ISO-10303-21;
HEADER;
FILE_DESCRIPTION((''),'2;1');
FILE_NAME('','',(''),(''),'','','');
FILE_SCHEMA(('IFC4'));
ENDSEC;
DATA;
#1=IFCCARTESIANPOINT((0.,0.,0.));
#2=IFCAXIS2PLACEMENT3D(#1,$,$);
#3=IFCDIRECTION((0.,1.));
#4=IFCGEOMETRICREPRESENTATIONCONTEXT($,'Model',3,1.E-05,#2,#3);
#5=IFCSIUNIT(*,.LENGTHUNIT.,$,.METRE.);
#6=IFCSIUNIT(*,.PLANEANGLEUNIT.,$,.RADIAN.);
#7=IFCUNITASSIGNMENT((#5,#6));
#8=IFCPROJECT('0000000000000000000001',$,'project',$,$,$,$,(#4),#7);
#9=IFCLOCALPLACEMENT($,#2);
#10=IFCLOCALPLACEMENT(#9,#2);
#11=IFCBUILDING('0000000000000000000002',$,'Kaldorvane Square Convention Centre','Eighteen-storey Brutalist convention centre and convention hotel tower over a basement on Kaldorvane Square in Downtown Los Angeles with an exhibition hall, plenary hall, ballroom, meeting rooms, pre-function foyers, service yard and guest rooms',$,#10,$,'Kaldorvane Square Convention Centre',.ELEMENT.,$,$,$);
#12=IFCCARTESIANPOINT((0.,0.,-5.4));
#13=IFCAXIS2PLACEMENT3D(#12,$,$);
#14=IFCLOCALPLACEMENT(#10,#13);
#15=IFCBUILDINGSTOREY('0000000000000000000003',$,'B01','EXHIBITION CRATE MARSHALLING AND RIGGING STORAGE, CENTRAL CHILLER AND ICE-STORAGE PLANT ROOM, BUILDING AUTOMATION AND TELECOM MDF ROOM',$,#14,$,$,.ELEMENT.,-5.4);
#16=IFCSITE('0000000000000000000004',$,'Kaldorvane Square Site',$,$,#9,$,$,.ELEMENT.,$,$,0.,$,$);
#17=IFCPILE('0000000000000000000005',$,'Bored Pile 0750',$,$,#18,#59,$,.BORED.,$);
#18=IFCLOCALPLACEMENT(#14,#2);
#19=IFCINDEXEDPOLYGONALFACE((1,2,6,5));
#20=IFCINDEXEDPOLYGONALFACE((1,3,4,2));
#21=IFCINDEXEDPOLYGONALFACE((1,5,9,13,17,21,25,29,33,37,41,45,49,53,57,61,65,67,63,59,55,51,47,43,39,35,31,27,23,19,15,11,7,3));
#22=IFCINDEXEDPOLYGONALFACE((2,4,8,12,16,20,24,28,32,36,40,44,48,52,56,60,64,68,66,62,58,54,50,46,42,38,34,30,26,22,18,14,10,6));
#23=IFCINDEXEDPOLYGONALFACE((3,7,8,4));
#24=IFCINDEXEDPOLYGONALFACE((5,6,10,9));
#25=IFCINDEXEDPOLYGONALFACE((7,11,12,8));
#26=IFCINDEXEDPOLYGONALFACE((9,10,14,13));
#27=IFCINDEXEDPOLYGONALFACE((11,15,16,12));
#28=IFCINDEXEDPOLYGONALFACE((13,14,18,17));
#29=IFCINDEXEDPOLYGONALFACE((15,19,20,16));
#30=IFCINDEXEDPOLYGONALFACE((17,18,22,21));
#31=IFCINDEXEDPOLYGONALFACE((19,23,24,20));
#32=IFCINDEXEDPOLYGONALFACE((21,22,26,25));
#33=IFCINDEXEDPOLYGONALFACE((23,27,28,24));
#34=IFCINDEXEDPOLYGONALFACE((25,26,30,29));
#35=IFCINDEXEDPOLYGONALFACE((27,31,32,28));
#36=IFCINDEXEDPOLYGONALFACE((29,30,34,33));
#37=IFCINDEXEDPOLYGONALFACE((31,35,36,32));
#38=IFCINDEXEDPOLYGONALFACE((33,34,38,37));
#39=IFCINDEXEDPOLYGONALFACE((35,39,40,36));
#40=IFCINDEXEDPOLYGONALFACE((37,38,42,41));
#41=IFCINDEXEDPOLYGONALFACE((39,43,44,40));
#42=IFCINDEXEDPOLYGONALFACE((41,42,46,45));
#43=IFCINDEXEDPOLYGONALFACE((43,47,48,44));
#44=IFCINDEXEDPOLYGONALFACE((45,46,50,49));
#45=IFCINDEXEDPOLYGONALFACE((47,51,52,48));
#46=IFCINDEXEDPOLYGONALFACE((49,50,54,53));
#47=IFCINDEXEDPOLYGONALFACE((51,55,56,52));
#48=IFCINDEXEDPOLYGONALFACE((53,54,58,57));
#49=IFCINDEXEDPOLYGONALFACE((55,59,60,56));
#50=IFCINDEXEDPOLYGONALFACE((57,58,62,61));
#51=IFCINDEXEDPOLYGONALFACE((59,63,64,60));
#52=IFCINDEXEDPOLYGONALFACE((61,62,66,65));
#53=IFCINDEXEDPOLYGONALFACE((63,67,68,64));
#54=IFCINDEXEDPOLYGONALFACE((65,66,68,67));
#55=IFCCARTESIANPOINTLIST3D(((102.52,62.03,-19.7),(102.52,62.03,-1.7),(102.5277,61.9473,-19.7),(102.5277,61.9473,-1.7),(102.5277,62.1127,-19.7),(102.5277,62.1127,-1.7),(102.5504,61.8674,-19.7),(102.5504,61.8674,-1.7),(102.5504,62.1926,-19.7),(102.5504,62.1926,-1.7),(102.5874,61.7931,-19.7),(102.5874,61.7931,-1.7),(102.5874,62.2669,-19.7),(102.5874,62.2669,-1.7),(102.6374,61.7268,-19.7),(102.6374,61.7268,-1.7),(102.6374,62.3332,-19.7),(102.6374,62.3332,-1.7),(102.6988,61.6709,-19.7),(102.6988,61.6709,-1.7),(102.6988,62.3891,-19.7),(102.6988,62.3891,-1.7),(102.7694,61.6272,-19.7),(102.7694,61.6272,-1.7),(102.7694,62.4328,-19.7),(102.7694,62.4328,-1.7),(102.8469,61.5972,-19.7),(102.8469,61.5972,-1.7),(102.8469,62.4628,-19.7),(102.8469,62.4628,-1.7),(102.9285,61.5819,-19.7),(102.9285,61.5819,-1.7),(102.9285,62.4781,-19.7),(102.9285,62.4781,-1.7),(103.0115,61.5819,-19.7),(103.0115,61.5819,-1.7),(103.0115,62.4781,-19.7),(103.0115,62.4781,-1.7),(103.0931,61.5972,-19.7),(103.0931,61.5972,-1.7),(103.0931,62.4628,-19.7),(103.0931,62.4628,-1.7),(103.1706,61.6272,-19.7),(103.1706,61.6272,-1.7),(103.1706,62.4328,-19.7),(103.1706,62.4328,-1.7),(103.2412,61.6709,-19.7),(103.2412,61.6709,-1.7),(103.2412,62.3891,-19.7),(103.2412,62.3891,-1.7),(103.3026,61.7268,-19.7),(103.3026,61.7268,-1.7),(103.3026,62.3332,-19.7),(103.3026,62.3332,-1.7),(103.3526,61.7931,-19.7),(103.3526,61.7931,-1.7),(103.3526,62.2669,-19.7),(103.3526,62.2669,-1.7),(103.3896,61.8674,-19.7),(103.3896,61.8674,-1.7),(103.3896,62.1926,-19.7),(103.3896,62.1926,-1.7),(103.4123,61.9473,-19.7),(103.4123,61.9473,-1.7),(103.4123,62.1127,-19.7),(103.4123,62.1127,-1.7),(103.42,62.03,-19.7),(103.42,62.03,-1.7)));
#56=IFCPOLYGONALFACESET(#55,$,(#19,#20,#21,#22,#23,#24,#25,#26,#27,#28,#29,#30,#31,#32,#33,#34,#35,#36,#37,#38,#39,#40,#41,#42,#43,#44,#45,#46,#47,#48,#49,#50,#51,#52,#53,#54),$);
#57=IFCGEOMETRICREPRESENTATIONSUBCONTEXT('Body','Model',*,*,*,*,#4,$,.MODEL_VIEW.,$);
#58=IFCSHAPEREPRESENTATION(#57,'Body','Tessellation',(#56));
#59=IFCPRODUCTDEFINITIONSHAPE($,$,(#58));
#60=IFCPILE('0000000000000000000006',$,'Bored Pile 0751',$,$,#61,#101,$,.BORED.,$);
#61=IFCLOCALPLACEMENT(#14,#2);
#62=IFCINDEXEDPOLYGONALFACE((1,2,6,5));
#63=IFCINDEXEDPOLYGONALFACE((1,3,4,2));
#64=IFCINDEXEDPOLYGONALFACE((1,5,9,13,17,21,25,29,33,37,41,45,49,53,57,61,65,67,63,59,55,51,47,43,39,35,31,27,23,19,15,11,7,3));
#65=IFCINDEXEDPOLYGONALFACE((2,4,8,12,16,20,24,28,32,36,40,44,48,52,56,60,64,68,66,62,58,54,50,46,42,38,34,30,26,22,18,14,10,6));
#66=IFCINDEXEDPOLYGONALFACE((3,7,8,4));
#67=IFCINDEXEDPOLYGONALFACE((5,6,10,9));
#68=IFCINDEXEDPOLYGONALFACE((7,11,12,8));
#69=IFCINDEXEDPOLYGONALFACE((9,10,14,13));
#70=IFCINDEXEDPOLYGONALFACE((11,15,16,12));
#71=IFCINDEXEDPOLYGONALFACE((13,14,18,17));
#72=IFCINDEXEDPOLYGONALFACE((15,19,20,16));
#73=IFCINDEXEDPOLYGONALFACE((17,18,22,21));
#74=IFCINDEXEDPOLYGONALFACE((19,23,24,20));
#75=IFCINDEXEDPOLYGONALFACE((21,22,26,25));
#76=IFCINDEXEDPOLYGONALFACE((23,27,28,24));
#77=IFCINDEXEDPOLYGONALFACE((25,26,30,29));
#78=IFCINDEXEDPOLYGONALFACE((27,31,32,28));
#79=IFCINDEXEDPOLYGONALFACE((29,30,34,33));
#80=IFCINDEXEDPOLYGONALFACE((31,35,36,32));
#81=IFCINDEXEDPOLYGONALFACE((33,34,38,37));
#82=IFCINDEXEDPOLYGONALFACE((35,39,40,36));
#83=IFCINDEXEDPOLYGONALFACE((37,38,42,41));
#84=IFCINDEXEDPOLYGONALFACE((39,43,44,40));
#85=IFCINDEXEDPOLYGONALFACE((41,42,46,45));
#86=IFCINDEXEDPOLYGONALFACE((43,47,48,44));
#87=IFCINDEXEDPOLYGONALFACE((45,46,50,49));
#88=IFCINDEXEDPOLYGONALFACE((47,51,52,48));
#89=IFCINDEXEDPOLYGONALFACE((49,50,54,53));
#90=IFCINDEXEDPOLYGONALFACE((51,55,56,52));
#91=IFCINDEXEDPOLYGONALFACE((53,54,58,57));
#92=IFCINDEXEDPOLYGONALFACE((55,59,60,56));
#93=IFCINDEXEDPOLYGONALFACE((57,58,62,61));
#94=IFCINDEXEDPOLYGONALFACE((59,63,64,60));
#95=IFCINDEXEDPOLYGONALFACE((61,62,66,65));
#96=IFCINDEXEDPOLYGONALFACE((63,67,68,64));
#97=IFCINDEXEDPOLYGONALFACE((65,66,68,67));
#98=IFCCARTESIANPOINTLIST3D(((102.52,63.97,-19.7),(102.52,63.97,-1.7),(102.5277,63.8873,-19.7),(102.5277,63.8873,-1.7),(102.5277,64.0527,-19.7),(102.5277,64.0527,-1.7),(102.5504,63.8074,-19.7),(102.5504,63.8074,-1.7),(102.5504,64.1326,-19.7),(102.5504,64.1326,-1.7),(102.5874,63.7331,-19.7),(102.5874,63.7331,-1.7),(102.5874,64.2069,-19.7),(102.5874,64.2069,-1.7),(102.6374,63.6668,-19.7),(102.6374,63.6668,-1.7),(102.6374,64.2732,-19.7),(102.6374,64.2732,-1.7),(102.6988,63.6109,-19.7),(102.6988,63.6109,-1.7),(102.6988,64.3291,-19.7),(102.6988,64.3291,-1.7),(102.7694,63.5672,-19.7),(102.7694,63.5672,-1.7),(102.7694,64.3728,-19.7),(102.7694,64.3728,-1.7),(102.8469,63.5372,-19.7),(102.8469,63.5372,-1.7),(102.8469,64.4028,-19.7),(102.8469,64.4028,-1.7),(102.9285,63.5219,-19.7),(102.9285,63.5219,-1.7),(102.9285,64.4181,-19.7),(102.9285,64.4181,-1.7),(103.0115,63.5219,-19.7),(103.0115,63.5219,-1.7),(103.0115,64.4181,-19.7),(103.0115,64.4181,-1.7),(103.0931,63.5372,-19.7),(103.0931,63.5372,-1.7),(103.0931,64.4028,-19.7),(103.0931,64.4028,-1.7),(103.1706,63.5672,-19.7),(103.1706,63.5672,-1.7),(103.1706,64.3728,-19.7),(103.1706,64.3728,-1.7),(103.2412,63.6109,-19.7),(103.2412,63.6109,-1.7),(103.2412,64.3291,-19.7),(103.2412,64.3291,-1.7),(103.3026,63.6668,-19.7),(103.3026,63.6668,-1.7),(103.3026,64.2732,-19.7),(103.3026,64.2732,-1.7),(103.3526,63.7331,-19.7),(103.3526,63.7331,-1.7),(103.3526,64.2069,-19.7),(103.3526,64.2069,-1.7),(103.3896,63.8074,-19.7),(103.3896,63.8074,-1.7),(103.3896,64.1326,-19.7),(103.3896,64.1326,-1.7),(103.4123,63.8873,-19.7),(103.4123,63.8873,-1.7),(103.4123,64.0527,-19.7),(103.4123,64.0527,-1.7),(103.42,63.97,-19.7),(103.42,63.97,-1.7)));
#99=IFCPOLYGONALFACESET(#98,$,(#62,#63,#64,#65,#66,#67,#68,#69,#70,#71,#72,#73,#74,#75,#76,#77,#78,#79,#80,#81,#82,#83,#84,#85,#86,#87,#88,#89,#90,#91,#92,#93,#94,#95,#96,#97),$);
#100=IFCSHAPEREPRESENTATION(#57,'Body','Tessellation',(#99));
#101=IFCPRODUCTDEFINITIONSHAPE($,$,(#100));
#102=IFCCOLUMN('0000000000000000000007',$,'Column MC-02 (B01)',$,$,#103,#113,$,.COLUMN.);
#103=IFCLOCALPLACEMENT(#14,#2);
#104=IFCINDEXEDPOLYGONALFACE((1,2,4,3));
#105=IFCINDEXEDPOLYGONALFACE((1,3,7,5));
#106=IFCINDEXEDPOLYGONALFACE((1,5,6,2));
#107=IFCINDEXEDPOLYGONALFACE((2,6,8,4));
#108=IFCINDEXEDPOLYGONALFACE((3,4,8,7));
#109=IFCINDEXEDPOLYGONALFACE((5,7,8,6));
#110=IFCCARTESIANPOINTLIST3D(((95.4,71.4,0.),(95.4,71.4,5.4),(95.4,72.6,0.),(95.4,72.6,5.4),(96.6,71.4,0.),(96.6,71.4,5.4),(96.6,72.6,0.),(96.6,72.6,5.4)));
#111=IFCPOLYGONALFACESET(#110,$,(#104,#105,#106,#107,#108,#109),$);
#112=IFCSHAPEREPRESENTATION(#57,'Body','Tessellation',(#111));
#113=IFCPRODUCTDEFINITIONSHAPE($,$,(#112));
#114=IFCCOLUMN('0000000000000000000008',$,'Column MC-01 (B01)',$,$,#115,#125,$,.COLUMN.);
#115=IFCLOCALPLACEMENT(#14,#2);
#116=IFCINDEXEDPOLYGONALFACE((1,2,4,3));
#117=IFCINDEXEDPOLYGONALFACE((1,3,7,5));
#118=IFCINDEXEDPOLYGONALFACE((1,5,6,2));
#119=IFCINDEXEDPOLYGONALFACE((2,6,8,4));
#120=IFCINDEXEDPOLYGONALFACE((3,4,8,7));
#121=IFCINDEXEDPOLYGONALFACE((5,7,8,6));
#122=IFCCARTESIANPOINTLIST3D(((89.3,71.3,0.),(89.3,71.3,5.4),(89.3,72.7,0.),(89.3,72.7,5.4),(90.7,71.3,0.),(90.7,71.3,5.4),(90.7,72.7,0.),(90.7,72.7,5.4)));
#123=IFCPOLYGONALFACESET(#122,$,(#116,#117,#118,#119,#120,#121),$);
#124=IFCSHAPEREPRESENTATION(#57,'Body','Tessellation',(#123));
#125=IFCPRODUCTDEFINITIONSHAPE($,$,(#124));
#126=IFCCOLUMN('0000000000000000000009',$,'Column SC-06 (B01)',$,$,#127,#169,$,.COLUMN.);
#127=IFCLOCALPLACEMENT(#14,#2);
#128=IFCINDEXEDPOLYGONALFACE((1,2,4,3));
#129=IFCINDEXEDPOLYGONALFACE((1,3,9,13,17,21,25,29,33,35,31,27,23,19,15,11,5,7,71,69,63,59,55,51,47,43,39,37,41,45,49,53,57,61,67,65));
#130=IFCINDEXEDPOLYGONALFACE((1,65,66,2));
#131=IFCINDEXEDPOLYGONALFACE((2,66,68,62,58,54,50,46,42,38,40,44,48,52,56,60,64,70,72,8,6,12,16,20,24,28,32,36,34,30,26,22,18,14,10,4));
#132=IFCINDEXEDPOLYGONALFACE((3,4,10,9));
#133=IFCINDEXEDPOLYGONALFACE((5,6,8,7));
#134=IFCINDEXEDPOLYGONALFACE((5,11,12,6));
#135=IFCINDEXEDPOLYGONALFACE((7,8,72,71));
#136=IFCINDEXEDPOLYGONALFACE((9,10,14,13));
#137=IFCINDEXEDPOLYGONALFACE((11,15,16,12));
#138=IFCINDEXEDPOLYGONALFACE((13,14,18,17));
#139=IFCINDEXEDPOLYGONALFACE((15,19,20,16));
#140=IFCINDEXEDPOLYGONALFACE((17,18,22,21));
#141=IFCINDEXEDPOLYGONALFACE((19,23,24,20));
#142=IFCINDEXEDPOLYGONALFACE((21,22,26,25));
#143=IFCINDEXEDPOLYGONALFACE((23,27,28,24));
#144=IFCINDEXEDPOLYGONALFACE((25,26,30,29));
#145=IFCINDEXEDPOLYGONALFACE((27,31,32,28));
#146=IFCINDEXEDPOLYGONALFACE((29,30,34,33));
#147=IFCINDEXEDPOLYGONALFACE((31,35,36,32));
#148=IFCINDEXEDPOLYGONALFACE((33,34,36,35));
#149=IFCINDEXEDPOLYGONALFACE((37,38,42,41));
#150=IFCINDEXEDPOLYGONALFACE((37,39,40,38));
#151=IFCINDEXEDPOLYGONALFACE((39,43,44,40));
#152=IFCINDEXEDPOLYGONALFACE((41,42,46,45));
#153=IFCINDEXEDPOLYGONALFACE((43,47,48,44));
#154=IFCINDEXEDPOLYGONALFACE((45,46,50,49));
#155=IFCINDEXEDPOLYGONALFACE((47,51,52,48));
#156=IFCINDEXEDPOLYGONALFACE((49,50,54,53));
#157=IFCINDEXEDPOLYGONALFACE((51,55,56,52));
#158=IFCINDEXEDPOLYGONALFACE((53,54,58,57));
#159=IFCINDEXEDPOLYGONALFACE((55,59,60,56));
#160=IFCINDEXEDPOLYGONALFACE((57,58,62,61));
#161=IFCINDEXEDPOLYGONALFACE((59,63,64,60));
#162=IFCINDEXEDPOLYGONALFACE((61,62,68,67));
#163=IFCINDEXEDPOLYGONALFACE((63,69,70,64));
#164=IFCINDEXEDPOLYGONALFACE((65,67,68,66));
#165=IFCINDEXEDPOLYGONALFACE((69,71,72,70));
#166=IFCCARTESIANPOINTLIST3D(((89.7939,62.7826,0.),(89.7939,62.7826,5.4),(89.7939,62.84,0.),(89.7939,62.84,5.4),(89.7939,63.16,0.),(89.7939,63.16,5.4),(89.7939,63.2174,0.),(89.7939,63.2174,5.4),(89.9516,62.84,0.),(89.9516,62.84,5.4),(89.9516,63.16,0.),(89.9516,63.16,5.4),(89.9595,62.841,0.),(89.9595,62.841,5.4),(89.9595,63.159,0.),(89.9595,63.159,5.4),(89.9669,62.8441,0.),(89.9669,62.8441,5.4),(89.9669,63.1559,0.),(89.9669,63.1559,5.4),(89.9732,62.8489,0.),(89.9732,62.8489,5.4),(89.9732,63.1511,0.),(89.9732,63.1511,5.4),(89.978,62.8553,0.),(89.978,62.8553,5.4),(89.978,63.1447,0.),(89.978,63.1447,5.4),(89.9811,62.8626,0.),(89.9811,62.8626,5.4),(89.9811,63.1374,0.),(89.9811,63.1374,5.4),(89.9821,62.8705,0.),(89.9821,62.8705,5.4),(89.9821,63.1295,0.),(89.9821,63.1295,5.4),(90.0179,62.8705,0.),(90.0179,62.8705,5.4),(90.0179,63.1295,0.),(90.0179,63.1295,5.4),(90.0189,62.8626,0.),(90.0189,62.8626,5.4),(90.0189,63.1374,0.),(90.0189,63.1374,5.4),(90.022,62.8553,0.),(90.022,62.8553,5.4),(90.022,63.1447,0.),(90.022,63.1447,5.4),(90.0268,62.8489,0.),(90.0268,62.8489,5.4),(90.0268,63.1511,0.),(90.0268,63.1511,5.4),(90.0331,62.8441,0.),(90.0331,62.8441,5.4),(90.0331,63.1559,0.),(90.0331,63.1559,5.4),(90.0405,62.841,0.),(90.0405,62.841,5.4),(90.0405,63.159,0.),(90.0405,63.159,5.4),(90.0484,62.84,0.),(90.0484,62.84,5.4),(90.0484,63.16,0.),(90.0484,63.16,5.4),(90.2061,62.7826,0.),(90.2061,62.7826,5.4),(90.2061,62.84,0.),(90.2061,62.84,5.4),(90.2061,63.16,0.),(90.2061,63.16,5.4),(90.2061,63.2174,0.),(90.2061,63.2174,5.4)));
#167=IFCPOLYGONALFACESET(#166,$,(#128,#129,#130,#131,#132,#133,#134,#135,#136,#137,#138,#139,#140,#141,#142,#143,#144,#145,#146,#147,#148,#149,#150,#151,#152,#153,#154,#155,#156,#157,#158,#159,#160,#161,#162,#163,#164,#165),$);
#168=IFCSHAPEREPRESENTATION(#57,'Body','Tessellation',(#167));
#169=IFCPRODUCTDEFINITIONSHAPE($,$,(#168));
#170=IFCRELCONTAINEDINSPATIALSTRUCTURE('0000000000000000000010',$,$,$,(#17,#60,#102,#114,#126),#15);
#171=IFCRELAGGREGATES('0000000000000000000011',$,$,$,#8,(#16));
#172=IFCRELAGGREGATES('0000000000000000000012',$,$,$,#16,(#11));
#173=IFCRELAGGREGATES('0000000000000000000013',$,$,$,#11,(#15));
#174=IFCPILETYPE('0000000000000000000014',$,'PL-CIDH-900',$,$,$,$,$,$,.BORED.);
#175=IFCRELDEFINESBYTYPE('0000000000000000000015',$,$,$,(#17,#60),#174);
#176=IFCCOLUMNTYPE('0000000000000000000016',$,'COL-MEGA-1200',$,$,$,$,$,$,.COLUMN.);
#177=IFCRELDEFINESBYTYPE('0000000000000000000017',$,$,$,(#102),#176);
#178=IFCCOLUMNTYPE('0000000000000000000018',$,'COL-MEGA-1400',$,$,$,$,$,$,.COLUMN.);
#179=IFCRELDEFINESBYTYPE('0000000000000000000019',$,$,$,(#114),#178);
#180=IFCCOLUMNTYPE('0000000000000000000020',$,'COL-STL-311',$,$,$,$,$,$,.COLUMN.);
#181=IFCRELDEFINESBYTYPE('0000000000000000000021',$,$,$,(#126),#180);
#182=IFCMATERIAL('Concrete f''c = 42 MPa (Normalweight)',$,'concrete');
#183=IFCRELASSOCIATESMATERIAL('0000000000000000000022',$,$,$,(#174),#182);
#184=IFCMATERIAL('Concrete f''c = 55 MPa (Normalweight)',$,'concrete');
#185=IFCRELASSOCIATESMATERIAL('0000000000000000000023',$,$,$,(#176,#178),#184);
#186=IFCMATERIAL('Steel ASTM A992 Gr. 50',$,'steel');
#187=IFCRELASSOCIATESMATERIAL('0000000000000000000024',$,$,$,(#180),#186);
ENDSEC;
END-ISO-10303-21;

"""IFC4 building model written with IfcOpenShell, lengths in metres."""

from ifc_helpers import new_model, si_unit, direction, frame, origin, origin_2d, place, context, subcontext, project, spatial, rectangle, circle, i_section, extrude, material, material_profile, profile_set, type_object, element, save


model = new_model("IFC4")

# Units and contexts
model_context = context("Model", 3, precision=1e-05, world=origin(), true_north=direction((0.0, 1.0)))
body_context = subcontext(model_context, "Body", "Model", "MODEL_VIEW")
ifc_project = project(units=[si_unit("LENGTHUNIT", "METRE"), si_unit("PLANEANGLEUNIT", "RADIAN")], contexts=[model_context])

# Site, building, storey
site_placement = place(None, origin())
site = spatial("IfcSite", under=ifc_project, at=site_placement, Name="Kaldorvane Square Site", CompositionType="ELEMENT", RefElevation=0.0)
building_placement = place(site_placement, origin())
building = spatial("IfcBuilding", under=site, at=building_placement, Name="Kaldorvane Square Convention Centre", Description="Eighteen-storey Brutalist convention centre and convention hotel tower over a basement on Kaldorvane Square in Downtown Los Angeles with an exhibition hall, plenary hall, ballroom, meeting rooms, pre-function foyers, service yard and guest rooms", LongName="Kaldorvane Square Convention Centre", CompositionType="ELEMENT")
storey_placement = place(building_placement, frame((0.0, 0.0, -5.4)))
storey = spatial("IfcBuildingStorey", under=building, at=storey_placement, Name="B01", Description="EXHIBITION CRATE MARSHALLING AND RIGGING STORAGE, CENTRAL CHILLER AND ICE-STORAGE PLANT ROOM, BUILDING AUTOMATION AND TELECOM MDF ROOM", CompositionType="ELEMENT", Elevation=-5.4)

# Shared definitions
ifc_material_1 = material(Name="Concrete f'c = 42 MPa (Normalweight)", Category="concrete")

# Piles
ifc_material_profile_1 = material_profile(ifc_material_1, circle(Radius=0.45, at=origin_2d()), Name="PILE-D900")
ifc_profile_set_1 = profile_set([ifc_material_profile_1], Name="Concrete f'c = 42 MPa (Normalweight)")
pile_type_1 = type_object("IfcPileType", Name="PL-CIDH-900", PredefinedType="BORED", material=ifc_profile_set_1)
for number, where, z_axis, x_axis, name in (
    (1, (102.97, 62.03, -1.7), (0.0, 0.0, -1.0), (1.0, 0.0, 0.0), "Bored Pile 0750"),
    (2, (102.97, 63.97, -1.7), (0.0, 0.0, -1.0), (1.0, 0.0, 0.0), "Bored Pile 0751"),
):
    element("IfcPile", number, at=place(storey_placement, frame(where, z_axis=z_axis, x_axis=x_axis)), inside=storey, type_object=pile_type_1, Name=name, PredefinedType="BORED", context=body_context, shape_type="SweptSolid", body=[
        extrude(circle(Radius=0.45, at=origin_2d()), origin(), (0.0, 0.0, 1.0), 18.0),
    ])

# Columns
ifc_material_2 = material(Name="Concrete f'c = 55 MPa (Normalweight)", Category="concrete")
ifc_material_profile_2 = material_profile(ifc_material_2, rectangle(XDim=1.2, YDim=1.2, at=origin_2d()), Name="RC1200X1200")
ifc_profile_set_2 = profile_set([ifc_material_profile_2], Name="Concrete f'c = 55 MPa (Normalweight)")
column_type_1 = type_object("IfcColumnType", Name="COL-MEGA-1200", PredefinedType="COLUMN", material=ifc_profile_set_2)
column_1_placement = place(storey_placement, frame((96.0, 72.0, 0.0), z_axis=(0.0, 0.0, 1.0), x_axis=(1.0, 0.0, 0.0)))
element("IfcColumn", 3, at=column_1_placement, inside=storey, type_object=column_type_1, Name="Column MC-02 (B01)", PredefinedType="COLUMN", context=body_context, shape_type="SweptSolid", body=[
    extrude(rectangle(XDim=1.2, YDim=1.2, at=origin_2d()), origin(), (0.0, 0.0, 1.0), 5.4),
])
ifc_material_profile_3 = material_profile(ifc_material_2, rectangle(XDim=1.4, YDim=1.4, at=origin_2d()), Name="RC1400X1400")
ifc_profile_set_3 = profile_set([ifc_material_profile_3], Name="Concrete f'c = 55 MPa (Normalweight)")
column_type_2 = type_object("IfcColumnType", Name="COL-MEGA-1400", PredefinedType="COLUMN", material=ifc_profile_set_3)
column_2_placement = place(storey_placement, frame((90.0, 72.0, 0.0), z_axis=(0.0, 0.0, 1.0), x_axis=(1.0, 0.0, 0.0)))
element("IfcColumn", 4, at=column_2_placement, inside=storey, type_object=column_type_2, Name="Column MC-01 (B01)", PredefinedType="COLUMN", context=body_context, shape_type="SweptSolid", body=[
    extrude(rectangle(XDim=1.4, YDim=1.4, at=origin_2d()), origin(), (0.0, 0.0, 1.0), 5.4),
])
ifc_material_3 = material(Name="Steel ASTM A992 Gr. 50", Category="steel")
ifc_material_profile_4 = material_profile(ifc_material_3, i_section(OverallWidth=0.4122, OverallDepth=0.4348, WebThickness=0.0358, FlangeThickness=0.0574, FilletRadius=0.0305, at=origin_2d()), Name="W14X311")
ifc_profile_set_4 = profile_set([ifc_material_profile_4], Name="Steel ASTM A992 Gr. 50")
column_type_3 = type_object("IfcColumnType", Name="COL-STL-311", PredefinedType="COLUMN", material=ifc_profile_set_4)
for number, where, z_axis, x_axis, name in (
    (5, (90.0, 63.0, 0.0), (0.0, 0.0, 1.0), (1.0, 0.0, 0.0), "Column SC-06 (B01)"),
):
    element("IfcColumn", number, at=place(storey_placement, frame(where, z_axis=z_axis, x_axis=x_axis)), inside=storey, type_object=column_type_3, Name=name, PredefinedType="COLUMN", context=body_context, shape_type="SweptSolid", body=[
        extrude(i_section(OverallWidth=0.4122, OverallDepth=0.4348, WebThickness=0.0358, FlangeThickness=0.0574, FilletRadius=0.0305, at=origin_2d()), origin(), (0.0, 0.0, 1.0), 5.4),
    ])

save(model, "model.ifc")
